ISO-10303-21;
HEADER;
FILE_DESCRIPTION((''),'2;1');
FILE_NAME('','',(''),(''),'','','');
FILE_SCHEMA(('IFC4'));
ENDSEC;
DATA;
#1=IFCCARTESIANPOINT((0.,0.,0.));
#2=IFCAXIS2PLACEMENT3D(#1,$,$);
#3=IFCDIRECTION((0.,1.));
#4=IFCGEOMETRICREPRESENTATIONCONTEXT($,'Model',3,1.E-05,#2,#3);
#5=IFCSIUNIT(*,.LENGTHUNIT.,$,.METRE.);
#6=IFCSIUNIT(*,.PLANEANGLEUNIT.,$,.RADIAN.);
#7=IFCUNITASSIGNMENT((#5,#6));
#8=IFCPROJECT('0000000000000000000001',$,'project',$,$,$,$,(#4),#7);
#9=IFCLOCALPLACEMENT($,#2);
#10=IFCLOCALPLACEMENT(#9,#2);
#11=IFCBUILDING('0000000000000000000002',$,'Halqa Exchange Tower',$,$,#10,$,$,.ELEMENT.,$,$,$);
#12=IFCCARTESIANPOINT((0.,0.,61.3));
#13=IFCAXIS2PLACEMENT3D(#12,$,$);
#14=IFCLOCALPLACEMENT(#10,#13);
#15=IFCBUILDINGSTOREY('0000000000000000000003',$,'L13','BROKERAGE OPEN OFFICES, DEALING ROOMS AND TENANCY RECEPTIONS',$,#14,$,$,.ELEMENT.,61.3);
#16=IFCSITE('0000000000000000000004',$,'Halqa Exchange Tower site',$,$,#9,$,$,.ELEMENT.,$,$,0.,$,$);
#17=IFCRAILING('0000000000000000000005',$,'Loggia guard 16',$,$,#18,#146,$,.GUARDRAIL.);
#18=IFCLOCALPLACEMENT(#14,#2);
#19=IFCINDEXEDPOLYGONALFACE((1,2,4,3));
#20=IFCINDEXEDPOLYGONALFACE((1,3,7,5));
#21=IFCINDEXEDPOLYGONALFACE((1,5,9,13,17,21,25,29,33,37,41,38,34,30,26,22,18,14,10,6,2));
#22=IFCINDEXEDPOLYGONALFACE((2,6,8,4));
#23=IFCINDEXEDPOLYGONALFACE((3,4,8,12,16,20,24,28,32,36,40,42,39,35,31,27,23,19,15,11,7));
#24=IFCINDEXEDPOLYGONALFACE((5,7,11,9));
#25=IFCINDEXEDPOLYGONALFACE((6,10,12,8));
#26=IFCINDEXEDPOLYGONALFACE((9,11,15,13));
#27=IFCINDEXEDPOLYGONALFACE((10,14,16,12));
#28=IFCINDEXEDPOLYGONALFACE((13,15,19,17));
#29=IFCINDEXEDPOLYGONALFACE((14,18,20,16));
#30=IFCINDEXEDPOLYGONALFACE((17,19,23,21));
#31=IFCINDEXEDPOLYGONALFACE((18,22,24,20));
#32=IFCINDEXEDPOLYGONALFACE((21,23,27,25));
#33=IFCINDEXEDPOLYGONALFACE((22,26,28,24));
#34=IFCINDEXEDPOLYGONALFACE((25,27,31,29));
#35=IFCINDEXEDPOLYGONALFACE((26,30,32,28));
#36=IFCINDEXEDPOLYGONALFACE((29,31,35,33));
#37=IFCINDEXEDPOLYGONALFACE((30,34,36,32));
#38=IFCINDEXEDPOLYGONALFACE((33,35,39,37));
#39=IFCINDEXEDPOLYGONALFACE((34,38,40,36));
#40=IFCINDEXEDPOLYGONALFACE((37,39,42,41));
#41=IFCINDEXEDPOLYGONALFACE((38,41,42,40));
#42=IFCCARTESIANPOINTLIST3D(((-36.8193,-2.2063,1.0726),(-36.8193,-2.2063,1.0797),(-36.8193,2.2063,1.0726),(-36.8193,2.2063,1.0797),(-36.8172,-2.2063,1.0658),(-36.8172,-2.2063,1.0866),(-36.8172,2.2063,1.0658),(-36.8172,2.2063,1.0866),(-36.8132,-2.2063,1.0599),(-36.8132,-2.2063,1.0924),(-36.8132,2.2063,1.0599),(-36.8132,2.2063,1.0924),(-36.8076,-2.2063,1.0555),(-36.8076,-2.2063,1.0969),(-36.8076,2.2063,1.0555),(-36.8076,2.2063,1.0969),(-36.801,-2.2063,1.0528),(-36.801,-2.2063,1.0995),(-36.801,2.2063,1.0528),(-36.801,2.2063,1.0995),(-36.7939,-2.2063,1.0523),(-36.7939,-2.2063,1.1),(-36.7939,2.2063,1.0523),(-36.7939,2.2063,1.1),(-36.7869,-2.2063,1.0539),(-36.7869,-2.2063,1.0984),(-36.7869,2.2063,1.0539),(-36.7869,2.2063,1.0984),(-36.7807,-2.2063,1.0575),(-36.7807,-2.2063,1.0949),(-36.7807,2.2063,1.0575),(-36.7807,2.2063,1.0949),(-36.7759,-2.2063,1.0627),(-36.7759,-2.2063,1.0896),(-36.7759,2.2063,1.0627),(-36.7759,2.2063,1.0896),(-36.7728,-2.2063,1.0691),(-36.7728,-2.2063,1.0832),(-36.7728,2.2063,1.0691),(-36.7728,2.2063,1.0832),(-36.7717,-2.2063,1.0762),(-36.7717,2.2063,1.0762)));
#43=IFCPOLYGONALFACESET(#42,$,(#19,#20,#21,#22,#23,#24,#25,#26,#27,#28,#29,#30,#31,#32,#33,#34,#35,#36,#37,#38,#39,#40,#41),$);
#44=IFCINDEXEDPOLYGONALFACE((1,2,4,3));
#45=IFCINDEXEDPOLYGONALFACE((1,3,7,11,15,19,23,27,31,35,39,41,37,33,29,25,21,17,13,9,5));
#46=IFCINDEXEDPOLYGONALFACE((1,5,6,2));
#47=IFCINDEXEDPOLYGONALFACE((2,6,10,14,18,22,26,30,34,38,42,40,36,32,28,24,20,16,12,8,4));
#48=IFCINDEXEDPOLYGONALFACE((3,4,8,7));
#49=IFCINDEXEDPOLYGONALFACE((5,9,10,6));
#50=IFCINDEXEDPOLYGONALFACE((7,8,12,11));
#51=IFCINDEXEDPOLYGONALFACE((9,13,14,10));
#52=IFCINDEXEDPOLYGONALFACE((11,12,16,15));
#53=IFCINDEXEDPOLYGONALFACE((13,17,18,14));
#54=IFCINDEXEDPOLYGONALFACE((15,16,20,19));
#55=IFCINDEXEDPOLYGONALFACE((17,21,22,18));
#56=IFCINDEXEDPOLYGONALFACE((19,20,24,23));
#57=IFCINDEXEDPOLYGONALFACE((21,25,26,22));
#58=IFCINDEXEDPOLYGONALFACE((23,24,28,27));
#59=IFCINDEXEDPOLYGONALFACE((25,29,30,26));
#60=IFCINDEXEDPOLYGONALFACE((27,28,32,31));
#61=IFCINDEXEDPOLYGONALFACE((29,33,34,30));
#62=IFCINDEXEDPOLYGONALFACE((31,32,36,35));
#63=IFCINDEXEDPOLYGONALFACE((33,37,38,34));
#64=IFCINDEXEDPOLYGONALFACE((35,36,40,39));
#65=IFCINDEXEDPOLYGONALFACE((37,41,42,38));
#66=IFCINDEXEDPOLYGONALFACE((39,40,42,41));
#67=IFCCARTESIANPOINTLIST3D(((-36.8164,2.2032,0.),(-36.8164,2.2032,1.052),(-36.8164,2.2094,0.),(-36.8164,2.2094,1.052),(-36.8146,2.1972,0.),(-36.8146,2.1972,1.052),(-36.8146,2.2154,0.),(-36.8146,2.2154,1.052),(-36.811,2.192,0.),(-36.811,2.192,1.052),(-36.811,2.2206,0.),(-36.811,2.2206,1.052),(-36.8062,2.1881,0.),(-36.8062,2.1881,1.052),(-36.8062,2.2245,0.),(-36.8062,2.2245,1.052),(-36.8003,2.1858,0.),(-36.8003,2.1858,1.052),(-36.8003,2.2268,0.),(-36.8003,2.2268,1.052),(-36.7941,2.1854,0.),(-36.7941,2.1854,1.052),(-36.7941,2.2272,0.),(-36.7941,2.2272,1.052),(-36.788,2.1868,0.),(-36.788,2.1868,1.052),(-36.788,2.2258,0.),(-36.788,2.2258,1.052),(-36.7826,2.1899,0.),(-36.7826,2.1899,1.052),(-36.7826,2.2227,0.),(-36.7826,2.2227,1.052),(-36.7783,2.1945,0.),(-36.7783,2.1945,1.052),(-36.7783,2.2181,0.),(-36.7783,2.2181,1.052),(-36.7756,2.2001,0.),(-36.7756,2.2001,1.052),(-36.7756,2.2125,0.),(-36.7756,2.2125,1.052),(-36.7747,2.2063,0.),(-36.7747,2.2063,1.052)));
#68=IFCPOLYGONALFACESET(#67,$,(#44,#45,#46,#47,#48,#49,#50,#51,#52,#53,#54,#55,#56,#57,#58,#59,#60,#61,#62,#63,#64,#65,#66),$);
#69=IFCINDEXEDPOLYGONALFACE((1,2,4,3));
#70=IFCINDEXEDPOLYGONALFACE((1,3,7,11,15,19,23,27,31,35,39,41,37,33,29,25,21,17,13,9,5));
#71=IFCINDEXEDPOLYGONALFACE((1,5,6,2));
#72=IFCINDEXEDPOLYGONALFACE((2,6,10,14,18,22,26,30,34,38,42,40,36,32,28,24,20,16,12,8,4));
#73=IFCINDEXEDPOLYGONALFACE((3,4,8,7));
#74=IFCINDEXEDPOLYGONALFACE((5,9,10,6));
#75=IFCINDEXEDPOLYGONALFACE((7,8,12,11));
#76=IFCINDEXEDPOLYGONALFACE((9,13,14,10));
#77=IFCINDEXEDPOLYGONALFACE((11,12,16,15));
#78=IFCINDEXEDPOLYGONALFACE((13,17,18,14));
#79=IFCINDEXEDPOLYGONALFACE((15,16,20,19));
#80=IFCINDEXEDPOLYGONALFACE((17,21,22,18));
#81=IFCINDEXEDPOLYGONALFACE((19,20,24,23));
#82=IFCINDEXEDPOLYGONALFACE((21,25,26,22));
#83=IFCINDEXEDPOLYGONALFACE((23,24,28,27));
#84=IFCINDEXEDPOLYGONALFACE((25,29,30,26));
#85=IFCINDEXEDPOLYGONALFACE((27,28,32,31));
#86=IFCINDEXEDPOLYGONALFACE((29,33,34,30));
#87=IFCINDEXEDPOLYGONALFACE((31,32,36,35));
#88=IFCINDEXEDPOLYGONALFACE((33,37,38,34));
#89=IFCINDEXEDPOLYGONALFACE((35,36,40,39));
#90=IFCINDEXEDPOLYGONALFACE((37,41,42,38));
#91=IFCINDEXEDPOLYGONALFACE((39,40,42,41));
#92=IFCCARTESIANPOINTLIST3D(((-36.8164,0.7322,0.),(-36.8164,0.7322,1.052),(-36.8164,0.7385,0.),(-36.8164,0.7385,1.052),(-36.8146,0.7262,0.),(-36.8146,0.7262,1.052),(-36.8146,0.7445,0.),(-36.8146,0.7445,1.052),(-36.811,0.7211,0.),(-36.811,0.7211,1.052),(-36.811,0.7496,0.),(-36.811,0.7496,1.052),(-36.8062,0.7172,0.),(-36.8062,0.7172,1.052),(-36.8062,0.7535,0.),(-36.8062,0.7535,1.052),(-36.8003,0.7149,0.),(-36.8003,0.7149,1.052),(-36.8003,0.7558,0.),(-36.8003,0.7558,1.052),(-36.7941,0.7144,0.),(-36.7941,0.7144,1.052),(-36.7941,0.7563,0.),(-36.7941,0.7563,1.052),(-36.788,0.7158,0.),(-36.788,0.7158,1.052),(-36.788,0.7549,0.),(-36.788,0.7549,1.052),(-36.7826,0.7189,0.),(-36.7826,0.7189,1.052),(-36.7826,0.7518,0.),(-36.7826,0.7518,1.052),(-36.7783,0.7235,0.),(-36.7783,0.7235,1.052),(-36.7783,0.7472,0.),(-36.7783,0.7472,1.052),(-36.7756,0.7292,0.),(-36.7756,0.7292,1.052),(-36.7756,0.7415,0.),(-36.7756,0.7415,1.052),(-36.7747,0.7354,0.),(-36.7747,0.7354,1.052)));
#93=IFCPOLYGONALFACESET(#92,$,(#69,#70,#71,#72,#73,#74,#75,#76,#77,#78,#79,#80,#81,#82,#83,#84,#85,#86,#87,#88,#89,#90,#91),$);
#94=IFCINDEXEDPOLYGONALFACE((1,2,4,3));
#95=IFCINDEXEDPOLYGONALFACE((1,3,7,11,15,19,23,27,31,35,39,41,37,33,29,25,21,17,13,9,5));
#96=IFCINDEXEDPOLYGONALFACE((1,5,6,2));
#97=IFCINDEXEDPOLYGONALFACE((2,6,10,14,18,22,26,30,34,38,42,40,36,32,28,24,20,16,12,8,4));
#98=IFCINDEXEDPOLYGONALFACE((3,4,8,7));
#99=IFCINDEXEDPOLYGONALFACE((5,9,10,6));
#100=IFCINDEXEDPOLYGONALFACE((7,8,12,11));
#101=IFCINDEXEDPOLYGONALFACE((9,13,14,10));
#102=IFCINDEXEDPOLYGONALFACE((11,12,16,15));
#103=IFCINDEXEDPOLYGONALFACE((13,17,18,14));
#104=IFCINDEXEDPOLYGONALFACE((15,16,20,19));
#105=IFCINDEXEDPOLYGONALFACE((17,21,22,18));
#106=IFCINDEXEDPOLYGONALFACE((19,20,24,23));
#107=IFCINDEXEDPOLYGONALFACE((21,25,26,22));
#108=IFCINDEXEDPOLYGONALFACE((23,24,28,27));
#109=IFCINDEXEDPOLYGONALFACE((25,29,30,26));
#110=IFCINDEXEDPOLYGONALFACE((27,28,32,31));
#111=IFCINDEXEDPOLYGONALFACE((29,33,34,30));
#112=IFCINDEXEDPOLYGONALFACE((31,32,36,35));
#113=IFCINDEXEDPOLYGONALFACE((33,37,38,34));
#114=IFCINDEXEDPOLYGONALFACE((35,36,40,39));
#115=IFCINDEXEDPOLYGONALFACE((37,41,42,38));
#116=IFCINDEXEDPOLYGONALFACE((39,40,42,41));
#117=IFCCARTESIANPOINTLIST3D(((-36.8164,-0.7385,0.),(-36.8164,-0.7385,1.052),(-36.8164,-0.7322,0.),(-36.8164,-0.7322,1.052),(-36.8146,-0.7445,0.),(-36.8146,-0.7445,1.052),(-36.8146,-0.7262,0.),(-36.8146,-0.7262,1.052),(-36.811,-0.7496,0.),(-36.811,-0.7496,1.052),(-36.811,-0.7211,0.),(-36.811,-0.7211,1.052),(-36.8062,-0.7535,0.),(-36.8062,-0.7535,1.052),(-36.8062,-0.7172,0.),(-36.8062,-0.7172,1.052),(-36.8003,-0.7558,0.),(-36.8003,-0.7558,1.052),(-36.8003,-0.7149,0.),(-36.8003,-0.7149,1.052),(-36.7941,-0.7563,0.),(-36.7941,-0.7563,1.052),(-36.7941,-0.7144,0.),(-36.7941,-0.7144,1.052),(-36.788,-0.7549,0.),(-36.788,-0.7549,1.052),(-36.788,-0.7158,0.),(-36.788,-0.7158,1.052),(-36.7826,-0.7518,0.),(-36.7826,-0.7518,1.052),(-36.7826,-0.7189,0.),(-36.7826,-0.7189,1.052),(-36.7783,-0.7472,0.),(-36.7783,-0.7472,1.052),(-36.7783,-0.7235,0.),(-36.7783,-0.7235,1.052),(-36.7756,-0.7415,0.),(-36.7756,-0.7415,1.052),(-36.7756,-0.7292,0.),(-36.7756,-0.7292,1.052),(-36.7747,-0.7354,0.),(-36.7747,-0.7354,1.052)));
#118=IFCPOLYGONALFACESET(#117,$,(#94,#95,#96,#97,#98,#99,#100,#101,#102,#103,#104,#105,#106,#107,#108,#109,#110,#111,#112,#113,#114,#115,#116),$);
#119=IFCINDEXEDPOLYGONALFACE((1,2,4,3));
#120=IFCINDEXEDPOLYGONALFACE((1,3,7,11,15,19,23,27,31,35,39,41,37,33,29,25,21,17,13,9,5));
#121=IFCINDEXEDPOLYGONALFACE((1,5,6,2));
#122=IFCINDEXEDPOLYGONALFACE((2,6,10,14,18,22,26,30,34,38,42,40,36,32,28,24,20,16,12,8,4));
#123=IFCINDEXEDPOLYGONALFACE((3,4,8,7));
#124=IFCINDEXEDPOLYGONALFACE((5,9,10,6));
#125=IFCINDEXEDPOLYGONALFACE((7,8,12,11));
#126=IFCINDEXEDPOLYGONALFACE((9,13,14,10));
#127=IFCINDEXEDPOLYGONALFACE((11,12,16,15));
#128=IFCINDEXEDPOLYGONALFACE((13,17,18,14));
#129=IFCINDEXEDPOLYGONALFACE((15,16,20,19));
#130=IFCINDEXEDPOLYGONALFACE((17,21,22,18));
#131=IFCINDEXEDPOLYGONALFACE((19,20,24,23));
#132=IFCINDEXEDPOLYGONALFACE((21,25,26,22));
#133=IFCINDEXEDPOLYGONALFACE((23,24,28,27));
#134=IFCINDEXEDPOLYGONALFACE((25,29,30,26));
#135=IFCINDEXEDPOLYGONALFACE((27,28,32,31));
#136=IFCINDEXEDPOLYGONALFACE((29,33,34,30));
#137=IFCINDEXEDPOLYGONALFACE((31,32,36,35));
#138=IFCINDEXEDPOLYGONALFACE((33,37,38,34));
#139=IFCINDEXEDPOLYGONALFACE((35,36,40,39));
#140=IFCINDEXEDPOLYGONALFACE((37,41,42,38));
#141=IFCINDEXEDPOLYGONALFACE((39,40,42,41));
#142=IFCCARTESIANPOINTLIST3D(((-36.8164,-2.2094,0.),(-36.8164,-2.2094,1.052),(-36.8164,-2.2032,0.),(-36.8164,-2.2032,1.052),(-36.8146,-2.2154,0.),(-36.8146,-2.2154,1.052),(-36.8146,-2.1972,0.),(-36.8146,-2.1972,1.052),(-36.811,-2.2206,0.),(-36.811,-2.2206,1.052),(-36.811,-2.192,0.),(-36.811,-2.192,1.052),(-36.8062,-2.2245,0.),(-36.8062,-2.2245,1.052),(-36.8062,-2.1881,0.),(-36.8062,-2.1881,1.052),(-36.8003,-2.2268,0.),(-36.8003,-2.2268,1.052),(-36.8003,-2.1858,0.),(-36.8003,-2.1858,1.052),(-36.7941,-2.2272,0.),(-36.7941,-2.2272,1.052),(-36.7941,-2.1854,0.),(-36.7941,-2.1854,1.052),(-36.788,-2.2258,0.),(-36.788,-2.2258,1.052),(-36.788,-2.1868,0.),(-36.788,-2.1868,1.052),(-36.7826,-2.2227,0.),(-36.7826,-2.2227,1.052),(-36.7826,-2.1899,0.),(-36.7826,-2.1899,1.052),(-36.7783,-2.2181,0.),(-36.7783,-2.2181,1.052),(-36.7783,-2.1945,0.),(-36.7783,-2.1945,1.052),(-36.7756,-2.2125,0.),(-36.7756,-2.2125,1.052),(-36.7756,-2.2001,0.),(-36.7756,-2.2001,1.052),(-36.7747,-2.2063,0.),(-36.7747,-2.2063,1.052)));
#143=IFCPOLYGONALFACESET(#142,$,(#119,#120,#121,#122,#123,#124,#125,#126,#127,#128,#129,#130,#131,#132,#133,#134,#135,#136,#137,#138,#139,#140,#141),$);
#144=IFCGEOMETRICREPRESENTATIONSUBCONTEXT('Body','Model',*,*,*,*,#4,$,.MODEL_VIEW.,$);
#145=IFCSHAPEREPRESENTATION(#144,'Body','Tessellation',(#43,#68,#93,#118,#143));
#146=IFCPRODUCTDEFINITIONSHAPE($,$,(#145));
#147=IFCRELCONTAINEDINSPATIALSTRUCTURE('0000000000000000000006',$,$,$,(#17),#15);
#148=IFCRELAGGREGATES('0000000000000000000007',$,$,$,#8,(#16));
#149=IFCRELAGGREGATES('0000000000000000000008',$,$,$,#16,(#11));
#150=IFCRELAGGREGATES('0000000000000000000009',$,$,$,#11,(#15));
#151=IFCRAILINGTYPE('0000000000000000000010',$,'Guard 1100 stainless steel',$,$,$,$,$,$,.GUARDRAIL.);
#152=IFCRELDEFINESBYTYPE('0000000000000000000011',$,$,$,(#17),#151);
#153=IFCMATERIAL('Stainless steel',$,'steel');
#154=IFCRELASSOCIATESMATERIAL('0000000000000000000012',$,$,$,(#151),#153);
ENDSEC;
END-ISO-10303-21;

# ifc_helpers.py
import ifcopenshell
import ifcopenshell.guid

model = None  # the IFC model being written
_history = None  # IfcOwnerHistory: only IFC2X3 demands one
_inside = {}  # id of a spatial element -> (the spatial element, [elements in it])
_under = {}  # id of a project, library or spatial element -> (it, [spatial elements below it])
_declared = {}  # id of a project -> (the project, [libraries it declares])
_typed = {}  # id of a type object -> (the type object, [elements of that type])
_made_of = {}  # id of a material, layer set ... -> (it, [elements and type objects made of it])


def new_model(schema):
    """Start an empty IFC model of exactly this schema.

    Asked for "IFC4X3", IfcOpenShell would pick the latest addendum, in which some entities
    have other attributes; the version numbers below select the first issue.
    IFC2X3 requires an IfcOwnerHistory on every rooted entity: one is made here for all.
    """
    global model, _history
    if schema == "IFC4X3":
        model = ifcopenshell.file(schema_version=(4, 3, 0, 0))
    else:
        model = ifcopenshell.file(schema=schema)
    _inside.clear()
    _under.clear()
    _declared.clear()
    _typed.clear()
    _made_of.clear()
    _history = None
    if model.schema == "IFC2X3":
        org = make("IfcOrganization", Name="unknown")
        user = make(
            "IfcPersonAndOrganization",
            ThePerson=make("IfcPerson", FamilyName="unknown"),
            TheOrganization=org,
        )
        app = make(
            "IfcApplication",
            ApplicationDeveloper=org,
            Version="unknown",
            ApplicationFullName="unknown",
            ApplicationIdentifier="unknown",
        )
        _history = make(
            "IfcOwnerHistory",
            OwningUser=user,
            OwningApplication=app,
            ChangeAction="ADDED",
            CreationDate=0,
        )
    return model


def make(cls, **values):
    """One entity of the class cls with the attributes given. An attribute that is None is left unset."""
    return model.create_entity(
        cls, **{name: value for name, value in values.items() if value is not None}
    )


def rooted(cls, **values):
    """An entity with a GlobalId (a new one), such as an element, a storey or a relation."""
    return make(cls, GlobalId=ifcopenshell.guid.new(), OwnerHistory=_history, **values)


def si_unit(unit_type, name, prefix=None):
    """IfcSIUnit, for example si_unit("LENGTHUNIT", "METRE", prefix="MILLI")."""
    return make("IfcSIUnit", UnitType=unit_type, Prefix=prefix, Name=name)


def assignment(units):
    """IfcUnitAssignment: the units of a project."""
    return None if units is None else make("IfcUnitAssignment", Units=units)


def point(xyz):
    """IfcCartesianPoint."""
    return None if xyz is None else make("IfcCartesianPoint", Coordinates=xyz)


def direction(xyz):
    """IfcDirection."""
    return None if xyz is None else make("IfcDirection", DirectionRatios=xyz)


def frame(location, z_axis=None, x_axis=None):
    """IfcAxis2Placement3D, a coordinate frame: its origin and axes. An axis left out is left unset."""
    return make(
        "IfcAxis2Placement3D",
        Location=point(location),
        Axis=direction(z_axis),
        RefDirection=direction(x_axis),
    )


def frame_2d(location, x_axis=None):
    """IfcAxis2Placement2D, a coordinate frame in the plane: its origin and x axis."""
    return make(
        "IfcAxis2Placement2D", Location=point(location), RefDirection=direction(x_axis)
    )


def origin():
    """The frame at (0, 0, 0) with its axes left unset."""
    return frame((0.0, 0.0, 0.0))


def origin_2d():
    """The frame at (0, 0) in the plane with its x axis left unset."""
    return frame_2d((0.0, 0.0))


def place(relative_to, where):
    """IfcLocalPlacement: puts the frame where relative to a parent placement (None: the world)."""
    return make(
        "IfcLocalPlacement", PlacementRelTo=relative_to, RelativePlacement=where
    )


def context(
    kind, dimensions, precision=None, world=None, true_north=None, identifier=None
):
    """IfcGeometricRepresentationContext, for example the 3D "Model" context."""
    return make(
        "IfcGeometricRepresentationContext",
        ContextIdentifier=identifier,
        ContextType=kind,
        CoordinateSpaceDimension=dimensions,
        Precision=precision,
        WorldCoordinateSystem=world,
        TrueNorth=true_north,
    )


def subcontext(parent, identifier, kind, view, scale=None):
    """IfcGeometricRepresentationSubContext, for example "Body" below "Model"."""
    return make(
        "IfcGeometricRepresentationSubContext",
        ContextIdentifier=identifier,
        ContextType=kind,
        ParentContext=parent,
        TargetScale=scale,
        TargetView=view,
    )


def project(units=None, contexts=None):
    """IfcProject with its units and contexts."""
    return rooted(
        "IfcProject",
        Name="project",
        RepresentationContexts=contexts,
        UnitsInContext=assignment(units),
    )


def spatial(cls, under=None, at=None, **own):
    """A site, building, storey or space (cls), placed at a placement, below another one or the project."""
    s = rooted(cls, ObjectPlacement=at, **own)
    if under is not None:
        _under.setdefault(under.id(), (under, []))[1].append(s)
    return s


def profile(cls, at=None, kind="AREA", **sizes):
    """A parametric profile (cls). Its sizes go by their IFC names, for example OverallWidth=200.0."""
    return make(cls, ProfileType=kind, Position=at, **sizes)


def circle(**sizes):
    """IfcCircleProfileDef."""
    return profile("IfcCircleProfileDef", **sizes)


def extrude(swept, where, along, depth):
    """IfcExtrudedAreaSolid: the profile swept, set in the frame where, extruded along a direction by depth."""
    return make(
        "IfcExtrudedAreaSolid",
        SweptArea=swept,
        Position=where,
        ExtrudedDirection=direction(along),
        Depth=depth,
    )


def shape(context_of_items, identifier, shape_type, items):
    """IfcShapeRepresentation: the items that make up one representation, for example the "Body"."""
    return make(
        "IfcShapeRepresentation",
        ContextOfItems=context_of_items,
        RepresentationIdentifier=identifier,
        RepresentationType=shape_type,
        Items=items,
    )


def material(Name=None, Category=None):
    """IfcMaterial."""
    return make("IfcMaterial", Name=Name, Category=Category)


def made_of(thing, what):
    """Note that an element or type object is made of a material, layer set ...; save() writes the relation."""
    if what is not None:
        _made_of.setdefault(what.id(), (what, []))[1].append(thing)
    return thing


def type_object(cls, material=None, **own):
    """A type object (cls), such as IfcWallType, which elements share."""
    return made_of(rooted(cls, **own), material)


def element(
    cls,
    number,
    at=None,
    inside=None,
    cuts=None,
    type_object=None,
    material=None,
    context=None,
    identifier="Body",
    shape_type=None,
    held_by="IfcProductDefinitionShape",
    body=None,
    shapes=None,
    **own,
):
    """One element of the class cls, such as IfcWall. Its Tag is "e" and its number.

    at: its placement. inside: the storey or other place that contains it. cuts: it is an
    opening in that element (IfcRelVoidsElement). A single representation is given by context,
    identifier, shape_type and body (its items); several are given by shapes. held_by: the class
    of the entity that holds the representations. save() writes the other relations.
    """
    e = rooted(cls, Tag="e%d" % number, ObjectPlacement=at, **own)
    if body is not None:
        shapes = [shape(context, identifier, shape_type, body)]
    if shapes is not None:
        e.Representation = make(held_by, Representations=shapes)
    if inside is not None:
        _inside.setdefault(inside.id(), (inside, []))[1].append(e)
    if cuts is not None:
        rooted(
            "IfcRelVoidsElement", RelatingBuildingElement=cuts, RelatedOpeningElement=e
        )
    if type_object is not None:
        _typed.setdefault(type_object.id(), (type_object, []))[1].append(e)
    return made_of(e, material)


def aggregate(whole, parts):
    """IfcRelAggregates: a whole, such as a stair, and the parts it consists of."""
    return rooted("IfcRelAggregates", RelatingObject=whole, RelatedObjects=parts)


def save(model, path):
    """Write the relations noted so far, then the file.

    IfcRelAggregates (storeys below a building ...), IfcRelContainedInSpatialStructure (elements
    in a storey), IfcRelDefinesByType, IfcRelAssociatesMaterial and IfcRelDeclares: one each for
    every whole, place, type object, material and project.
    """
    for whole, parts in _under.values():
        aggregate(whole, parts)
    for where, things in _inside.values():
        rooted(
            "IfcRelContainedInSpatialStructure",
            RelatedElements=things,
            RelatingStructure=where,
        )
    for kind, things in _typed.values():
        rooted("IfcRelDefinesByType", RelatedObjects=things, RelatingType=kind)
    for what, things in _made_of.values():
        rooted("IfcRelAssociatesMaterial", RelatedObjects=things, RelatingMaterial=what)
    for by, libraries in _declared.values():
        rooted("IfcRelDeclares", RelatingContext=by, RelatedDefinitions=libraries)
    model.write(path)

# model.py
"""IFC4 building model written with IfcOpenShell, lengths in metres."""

from ifc_helpers import new_model, si_unit, direction, frame, origin, origin_2d, place, context, subcontext, project, spatial, circle, extrude, material, type_object, element, save


model = new_model("IFC4")

# Units and contexts
model_context = context("Model", 3, precision=1e-05, world=origin(), true_north=direction((0.0, 1.0)))
body_context = subcontext(model_context, "Body", "Model", "MODEL_VIEW")
ifc_project = project(units=[si_unit("LENGTHUNIT", "METRE"), si_unit("PLANEANGLEUNIT", "RADIAN")], contexts=[model_context])

# Site, building, storey
site_placement = place(None, origin())
site = spatial("IfcSite", under=ifc_project, at=site_placement, Name="Halqa Exchange Tower site", CompositionType="ELEMENT", RefElevation=0.0)
building_placement = place(site_placement, origin())
building = spatial("IfcBuilding", under=site, at=building_placement, Name="Halqa Exchange Tower", CompositionType="ELEMENT")
storey_placement = place(building_placement, frame((0.0, 0.0, 61.3)))
storey = spatial("IfcBuildingStorey", under=building, at=storey_placement, Name="L13", Description="BROKERAGE OPEN OFFICES, DEALING ROOMS AND TENANCY RECEPTIONS", CompositionType="ELEMENT", Elevation=61.3)

# Railing
ifc_material_1 = material(Name="Stainless steel", Category="steel")
railing_type = type_object("IfcRailingType", Name="Guard 1100 stainless steel", PredefinedType="GUARDRAIL", material=ifc_material_1)
railing_1_placement = place(storey_placement, frame((-36.7957, 2.2063, 0.0)))
element("IfcRailing", 1, at=railing_1_placement, inside=storey, type_object=railing_type, Name="Loggia guard 16", PredefinedType="GUARDRAIL", context=body_context, shape_type="SweptSolid", body=[
    extrude(circle(Radius=0.0239, at=origin_2d()), frame((0.0, 0.0, 1.0762), z_axis=(0.0, -1.0, 0.0), x_axis=(1.0, 0.0, 0.0)), (0.0, 0.0, 1.0), 4.4126),
    extrude(circle(Radius=0.021, at=origin_2d()), origin(), (0.0, 0.0, 1.0), 1.052),
    extrude(circle(Radius=0.021, at=origin_2d()), frame((0.0, -1.4709, 0.0)), (0.0, 0.0, 1.0), 1.052),
    extrude(circle(Radius=0.021, at=origin_2d()), frame((0.0, -2.9417, 0.0)), (0.0, 0.0, 1.0), 1.052),
    extrude(circle(Radius=0.021, at=origin_2d()), frame((0.0, -4.4126, 0.0)), (0.0, 0.0, 1.0), 1.052),
])

save(model, "model.ifc")
